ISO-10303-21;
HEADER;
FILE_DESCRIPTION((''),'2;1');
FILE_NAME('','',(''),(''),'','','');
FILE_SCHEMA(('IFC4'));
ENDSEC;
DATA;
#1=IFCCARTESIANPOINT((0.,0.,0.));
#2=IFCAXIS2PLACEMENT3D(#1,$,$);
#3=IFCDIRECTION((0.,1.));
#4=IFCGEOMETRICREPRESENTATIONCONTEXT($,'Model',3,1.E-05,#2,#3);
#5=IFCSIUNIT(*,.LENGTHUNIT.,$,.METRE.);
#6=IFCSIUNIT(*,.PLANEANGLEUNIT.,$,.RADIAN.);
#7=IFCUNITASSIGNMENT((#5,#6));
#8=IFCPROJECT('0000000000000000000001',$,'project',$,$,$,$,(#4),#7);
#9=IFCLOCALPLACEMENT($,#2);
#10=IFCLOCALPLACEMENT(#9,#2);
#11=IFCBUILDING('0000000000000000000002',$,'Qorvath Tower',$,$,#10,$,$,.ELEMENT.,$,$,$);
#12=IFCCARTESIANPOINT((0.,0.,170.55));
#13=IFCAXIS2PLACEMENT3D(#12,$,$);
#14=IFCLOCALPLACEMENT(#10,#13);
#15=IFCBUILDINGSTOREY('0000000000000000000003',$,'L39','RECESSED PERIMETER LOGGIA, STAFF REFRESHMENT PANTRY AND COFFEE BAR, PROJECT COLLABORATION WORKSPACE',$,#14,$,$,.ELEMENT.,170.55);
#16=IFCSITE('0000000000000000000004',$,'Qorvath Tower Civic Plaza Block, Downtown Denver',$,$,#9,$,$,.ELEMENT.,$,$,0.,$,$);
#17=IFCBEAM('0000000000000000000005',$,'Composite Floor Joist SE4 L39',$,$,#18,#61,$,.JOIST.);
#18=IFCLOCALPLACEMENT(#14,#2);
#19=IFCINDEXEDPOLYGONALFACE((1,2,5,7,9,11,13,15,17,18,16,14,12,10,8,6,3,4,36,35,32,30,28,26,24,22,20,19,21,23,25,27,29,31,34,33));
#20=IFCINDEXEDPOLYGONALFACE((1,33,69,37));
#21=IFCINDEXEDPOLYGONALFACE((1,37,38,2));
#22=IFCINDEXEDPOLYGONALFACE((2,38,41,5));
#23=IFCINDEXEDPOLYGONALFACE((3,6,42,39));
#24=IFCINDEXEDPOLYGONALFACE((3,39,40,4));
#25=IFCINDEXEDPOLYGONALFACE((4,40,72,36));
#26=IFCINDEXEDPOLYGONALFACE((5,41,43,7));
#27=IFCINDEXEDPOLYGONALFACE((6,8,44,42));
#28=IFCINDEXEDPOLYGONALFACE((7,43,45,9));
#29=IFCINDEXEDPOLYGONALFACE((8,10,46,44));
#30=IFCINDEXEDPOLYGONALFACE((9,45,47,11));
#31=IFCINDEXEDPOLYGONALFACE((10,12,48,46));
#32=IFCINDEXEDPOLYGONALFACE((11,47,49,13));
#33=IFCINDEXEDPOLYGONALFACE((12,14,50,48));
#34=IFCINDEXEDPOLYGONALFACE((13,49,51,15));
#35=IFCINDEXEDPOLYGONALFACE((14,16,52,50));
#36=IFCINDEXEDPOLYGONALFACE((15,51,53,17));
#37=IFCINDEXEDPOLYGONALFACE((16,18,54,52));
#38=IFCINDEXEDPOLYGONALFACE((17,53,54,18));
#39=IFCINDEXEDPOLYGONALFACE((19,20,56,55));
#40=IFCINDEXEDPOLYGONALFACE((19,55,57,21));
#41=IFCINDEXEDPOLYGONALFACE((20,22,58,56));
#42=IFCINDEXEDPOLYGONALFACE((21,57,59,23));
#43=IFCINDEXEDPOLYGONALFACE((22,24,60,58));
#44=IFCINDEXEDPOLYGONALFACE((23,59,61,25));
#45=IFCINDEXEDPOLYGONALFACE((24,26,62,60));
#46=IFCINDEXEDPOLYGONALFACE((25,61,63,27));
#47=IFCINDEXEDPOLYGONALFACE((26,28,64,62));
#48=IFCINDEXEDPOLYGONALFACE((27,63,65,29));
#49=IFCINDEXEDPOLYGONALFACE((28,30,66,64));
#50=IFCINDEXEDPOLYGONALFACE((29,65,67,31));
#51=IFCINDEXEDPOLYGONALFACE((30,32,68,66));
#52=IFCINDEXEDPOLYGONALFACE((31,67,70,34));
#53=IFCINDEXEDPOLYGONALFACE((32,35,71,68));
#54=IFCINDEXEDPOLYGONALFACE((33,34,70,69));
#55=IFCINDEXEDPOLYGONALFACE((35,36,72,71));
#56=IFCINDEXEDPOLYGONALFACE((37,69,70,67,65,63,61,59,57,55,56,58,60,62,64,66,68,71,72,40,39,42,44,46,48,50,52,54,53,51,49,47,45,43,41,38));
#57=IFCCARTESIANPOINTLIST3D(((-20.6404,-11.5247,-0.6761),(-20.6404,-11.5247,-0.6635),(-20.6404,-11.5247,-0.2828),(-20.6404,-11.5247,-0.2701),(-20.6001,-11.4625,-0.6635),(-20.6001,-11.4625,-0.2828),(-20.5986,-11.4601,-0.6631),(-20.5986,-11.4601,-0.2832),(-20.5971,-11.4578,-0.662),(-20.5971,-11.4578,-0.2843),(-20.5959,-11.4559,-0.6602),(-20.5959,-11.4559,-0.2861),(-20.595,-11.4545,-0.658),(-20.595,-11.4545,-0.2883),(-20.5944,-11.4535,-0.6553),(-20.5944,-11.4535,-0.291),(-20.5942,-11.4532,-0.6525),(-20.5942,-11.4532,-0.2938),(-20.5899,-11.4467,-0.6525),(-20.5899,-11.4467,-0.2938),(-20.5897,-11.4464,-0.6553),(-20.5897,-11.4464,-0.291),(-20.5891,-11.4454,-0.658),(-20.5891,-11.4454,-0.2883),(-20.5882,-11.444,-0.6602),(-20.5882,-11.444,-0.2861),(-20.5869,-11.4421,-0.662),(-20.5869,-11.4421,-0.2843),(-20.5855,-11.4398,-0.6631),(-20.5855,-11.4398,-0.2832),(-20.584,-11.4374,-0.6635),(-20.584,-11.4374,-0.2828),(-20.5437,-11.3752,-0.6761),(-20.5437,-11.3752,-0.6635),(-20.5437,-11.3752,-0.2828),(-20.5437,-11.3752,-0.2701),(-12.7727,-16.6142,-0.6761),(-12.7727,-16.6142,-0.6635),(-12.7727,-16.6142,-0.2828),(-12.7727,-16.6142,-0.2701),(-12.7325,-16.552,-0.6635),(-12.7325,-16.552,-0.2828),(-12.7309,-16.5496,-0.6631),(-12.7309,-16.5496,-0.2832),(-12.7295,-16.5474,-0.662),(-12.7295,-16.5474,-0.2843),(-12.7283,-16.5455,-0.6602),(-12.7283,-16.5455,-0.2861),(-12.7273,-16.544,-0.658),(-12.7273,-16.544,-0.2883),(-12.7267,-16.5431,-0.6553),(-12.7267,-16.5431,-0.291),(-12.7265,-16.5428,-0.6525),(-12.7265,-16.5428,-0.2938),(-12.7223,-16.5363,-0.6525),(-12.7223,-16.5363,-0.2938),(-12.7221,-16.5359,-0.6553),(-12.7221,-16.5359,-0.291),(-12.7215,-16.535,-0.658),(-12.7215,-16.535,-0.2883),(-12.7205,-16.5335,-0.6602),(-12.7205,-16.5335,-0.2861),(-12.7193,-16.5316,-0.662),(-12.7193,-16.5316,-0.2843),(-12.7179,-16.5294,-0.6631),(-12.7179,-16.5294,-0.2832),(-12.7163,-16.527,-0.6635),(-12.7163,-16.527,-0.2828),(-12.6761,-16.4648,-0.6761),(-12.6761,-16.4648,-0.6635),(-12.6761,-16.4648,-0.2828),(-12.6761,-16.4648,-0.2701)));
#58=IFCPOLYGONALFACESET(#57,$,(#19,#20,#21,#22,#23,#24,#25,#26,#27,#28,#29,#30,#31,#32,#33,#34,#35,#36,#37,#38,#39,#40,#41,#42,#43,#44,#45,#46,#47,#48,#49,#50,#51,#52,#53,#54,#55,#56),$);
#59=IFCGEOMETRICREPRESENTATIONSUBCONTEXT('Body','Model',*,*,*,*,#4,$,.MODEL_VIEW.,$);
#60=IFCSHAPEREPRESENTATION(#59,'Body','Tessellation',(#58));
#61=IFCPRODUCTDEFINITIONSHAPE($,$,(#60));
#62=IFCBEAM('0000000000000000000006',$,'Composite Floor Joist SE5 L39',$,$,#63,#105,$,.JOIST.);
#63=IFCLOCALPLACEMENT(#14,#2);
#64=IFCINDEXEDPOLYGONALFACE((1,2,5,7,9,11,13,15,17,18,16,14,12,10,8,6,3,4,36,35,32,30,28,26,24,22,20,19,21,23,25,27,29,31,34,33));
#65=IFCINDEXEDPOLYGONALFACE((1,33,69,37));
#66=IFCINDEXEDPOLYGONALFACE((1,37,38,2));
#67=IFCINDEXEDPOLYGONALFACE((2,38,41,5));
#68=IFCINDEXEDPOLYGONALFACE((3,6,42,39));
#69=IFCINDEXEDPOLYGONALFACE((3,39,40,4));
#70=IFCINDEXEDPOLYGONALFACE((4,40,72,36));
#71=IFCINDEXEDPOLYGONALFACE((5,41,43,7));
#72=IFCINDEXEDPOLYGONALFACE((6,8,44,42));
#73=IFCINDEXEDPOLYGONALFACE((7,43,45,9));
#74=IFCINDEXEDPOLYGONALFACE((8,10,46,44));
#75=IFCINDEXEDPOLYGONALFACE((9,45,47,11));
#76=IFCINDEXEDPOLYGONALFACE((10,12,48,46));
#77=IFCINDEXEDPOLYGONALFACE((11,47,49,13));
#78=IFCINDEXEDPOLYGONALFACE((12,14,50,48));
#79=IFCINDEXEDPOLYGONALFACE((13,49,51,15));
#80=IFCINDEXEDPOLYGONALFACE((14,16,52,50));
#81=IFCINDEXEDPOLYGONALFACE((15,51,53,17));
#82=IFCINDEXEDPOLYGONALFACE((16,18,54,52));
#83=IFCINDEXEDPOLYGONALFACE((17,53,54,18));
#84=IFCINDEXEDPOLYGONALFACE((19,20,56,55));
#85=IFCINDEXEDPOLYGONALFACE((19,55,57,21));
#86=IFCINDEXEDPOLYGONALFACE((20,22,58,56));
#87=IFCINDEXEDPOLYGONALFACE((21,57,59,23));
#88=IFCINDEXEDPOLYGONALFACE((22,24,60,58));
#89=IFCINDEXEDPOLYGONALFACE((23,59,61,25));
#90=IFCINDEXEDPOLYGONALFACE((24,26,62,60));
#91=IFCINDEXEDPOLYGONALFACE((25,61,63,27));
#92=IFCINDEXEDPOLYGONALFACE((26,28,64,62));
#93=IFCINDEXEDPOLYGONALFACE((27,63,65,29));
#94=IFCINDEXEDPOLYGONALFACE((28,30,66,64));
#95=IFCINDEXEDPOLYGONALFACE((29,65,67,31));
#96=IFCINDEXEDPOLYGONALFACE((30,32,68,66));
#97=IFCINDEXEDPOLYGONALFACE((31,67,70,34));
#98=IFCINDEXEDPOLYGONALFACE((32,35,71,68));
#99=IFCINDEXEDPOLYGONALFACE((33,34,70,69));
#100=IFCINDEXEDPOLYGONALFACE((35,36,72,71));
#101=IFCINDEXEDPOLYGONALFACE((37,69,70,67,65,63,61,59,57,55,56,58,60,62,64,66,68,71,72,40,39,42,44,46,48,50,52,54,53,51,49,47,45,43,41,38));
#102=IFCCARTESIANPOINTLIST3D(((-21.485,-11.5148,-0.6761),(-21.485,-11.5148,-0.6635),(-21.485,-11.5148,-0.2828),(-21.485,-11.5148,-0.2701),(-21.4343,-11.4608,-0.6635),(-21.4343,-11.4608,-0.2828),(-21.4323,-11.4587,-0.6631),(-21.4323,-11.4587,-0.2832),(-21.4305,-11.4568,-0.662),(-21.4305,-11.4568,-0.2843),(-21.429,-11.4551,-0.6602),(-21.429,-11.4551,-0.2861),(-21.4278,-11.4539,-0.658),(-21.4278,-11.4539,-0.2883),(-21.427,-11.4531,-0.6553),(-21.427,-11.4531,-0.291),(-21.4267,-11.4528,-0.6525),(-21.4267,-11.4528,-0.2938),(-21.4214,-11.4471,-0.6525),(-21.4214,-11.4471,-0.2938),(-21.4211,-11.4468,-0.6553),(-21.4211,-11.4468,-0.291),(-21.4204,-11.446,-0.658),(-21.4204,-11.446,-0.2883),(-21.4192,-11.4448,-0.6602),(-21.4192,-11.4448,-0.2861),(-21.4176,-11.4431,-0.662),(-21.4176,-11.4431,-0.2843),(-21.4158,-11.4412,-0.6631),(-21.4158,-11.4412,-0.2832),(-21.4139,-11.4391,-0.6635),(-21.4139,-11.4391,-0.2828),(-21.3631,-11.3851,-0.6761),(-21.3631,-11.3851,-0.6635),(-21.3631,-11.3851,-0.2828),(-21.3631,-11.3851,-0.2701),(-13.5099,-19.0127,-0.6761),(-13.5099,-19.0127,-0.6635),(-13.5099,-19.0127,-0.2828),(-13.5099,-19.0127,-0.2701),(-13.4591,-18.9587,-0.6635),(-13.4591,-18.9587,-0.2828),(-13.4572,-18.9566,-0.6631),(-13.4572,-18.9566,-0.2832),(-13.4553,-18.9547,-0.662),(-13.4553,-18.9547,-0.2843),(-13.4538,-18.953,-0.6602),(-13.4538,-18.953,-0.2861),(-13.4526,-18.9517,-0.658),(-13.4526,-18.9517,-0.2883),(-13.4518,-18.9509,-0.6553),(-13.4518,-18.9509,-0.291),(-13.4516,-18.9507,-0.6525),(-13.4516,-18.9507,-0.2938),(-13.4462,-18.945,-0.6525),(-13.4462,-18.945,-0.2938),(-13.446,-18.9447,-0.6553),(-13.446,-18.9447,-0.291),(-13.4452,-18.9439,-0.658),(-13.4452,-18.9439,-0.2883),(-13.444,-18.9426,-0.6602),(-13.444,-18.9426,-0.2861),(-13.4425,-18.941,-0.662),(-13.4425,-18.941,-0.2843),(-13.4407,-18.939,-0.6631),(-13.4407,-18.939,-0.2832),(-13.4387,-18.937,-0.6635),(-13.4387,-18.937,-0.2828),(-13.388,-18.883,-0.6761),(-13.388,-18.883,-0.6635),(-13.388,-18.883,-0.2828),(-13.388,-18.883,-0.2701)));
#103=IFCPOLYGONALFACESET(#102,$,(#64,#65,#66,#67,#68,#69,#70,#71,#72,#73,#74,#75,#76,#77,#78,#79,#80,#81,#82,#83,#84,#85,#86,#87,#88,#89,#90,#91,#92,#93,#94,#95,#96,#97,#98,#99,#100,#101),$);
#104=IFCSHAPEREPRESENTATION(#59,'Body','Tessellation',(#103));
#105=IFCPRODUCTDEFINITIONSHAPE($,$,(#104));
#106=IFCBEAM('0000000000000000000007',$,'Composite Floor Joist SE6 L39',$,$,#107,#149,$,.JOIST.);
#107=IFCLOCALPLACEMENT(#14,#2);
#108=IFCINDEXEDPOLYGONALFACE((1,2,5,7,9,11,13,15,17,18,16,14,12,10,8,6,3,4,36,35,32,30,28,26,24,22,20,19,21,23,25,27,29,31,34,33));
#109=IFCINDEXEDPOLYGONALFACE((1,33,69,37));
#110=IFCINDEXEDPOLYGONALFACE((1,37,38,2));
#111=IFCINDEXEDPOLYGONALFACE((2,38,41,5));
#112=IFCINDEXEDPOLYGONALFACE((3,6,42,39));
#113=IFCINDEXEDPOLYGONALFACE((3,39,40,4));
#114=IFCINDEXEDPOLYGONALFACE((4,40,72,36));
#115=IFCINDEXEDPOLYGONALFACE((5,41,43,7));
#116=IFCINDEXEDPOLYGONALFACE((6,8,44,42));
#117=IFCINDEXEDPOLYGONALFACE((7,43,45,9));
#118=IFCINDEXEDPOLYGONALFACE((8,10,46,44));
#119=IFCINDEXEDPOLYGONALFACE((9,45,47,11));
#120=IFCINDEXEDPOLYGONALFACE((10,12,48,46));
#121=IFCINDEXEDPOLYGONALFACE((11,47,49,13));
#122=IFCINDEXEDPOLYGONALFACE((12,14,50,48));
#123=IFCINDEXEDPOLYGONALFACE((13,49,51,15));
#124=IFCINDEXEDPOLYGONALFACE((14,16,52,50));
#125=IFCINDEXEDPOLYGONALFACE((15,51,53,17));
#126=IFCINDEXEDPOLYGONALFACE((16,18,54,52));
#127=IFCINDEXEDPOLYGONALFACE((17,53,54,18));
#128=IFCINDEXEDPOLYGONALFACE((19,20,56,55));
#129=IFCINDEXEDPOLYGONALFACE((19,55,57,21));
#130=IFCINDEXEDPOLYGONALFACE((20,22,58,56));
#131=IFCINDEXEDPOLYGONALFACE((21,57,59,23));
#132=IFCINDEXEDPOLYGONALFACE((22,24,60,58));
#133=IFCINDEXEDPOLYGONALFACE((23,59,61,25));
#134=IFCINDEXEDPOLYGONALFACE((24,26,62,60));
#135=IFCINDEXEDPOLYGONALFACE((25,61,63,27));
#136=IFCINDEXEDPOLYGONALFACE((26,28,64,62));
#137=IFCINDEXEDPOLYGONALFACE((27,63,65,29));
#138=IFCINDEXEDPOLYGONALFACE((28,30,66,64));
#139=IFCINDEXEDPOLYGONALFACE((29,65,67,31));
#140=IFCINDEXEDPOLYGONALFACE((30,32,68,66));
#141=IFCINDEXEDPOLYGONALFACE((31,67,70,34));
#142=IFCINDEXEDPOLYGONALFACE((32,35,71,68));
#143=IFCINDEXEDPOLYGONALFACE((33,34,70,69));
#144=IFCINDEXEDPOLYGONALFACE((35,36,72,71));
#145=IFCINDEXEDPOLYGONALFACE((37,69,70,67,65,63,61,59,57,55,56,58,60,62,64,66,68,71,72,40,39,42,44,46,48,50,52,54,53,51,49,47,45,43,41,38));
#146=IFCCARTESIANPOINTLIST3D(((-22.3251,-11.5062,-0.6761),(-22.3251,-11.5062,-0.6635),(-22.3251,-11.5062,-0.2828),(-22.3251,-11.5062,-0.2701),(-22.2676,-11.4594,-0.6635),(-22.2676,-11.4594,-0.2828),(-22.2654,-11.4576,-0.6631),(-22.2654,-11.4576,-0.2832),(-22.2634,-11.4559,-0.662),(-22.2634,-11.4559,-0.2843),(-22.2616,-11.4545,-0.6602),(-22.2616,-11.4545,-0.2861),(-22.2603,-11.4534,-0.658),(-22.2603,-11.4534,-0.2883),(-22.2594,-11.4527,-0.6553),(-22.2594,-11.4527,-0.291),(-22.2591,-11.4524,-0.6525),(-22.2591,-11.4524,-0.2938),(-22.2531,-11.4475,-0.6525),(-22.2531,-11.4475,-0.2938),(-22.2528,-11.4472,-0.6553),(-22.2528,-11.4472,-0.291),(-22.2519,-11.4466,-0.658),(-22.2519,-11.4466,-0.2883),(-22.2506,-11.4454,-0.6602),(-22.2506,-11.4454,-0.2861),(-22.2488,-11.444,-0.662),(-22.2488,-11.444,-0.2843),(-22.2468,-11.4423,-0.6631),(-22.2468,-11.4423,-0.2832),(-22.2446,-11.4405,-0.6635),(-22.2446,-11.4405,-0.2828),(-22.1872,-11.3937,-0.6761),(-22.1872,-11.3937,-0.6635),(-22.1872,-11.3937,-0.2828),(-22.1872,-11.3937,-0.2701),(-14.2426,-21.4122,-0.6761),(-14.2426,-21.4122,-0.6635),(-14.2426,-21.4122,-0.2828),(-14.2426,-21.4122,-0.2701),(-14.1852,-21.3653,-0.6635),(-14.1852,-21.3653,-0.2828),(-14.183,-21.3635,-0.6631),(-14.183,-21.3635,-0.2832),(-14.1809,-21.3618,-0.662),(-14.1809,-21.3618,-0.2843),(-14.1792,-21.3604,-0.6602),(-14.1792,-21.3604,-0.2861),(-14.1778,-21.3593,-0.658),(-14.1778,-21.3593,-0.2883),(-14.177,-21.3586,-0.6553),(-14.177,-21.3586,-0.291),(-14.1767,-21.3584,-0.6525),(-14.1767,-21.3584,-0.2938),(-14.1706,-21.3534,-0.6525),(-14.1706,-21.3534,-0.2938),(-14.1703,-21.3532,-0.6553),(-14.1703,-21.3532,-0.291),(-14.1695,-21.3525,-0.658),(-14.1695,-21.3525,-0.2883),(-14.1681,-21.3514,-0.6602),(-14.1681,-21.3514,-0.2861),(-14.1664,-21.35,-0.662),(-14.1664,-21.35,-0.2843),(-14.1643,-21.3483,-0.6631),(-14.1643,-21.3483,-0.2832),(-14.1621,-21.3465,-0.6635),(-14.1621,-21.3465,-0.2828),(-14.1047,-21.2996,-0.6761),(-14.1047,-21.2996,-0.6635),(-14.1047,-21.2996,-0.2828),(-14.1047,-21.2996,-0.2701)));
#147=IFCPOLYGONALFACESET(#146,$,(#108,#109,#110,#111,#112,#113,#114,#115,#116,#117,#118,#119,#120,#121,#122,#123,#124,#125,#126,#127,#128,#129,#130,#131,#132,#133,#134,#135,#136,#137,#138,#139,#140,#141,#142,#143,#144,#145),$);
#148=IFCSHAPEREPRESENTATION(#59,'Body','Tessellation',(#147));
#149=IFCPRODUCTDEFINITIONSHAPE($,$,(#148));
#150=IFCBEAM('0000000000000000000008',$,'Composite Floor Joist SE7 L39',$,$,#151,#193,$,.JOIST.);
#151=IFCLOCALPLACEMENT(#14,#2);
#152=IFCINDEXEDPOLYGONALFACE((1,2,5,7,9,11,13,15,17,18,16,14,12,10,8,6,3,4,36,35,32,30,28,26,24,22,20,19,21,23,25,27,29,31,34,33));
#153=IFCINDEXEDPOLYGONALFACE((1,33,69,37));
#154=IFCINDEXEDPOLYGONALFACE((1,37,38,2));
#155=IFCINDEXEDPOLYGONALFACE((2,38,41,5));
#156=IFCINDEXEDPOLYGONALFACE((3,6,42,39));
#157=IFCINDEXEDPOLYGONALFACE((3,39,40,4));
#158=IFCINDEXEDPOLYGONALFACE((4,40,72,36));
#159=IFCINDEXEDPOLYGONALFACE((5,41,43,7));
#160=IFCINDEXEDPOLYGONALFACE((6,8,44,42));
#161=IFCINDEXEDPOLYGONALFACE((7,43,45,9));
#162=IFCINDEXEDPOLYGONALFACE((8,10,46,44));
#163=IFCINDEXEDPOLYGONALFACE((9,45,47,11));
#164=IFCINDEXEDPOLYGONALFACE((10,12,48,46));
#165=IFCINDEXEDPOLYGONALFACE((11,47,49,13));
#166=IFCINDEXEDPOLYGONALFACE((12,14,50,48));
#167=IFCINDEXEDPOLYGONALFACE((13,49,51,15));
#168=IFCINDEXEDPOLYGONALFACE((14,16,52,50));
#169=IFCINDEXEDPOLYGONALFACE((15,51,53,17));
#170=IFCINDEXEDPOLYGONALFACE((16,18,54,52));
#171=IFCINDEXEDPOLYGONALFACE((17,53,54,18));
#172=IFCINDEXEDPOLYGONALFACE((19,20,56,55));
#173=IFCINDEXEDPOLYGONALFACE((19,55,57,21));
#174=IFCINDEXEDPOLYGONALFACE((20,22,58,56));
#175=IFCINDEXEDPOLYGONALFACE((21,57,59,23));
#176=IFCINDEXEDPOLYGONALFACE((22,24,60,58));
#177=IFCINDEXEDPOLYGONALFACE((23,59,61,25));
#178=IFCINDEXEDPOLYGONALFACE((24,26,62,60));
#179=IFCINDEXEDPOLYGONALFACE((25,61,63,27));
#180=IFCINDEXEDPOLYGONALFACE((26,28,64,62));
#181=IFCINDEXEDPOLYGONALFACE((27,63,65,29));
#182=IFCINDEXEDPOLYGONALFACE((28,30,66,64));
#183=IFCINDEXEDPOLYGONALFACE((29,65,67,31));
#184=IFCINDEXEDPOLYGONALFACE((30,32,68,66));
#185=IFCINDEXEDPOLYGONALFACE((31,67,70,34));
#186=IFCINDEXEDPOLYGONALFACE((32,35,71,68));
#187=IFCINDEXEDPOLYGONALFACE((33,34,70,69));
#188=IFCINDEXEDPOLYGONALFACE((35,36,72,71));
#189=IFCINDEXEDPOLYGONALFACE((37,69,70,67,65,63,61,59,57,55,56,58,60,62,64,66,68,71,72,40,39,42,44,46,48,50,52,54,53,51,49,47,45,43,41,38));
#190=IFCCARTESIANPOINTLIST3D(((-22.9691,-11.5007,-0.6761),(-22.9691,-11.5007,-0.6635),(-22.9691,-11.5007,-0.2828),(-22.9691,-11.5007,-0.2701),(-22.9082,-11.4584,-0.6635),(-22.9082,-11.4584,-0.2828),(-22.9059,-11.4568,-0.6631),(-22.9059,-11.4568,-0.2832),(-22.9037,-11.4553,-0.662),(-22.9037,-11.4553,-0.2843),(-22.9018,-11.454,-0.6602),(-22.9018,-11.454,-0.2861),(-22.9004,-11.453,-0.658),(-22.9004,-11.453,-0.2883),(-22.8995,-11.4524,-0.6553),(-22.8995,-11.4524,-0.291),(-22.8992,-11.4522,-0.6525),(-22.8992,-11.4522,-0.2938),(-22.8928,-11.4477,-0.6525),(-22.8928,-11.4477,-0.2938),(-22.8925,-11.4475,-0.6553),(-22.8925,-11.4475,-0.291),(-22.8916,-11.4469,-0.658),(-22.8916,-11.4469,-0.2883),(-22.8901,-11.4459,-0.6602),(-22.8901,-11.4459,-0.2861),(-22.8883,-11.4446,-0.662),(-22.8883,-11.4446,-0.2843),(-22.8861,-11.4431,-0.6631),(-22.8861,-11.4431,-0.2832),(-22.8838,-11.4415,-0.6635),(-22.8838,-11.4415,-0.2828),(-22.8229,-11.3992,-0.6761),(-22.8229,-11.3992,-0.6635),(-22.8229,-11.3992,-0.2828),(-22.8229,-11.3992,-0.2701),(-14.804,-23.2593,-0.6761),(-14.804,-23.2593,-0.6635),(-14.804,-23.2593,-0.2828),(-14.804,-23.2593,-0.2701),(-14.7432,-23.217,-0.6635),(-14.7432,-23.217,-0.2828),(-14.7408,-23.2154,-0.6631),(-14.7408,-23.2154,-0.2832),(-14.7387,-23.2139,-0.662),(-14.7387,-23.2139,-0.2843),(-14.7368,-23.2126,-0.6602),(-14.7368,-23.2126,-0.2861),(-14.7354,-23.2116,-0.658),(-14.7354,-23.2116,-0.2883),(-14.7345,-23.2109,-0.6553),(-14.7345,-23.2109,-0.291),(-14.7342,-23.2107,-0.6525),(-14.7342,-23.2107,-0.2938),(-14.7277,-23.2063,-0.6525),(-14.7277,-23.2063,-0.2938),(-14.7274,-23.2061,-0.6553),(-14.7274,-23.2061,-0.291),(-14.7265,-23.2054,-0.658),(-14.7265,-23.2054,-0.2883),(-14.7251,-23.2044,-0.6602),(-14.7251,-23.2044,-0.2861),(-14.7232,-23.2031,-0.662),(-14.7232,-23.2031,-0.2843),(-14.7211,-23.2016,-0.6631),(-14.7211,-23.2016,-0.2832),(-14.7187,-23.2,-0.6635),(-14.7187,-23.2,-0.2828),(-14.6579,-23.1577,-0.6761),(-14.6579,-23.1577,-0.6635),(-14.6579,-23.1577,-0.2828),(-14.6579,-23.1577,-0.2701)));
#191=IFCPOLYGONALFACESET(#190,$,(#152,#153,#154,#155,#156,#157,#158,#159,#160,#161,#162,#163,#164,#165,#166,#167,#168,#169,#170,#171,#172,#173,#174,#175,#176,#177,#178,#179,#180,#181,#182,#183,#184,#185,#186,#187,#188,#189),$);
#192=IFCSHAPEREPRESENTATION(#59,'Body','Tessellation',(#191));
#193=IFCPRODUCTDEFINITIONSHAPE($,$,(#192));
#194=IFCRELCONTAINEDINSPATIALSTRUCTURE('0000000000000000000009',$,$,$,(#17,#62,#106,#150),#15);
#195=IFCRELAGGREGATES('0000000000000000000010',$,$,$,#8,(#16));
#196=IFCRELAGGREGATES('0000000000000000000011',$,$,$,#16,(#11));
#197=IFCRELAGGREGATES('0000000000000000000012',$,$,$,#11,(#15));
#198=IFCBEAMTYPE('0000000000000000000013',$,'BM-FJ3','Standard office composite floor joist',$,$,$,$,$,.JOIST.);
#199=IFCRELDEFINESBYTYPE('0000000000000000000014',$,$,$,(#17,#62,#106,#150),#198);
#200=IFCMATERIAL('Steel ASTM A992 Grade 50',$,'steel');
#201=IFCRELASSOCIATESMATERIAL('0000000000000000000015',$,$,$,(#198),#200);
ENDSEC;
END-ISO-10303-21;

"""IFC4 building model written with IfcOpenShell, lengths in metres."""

from ifc_helpers import new_model, si_unit, direction, frame, origin, origin_2d, place, context, subcontext, project, spatial, i_section, extrude, material, material_profile, profile_set, type_object, element, save


model = new_model("IFC4")

# Units and contexts
model_context = context("Model", 3, precision=1e-05, world=origin(), true_north=direction((0.0, 1.0)))
body_context = subcontext(model_context, "Body", "Model", "MODEL_VIEW")
ifc_project = project(units=[si_unit("LENGTHUNIT", "METRE"), si_unit("PLANEANGLEUNIT", "RADIAN")], contexts=[model_context])

# Site, building, storey
site_placement = place(None, origin())
site = spatial("IfcSite", under=ifc_project, at=site_placement, Name="Qorvath Tower Civic Plaza Block, Downtown Denver", CompositionType="ELEMENT", RefElevation=0.0)
building_placement = place(site_placement, origin())
building = spatial("IfcBuilding", under=site, at=building_placement, Name="Qorvath Tower", CompositionType="ELEMENT")
storey_placement = place(building_placement, frame((0.0, 0.0, 170.55)))
storey = spatial("IfcBuildingStorey", under=building, at=storey_placement, Name="L39", Description="RECESSED PERIMETER LOGGIA, STAFF REFRESHMENT PANTRY AND COFFEE BAR, PROJECT COLLABORATION WORKSPACE", CompositionType="ELEMENT", Elevation=170.55)

# Beams
ifc_material_1 = material(Name="Steel ASTM A992 Grade 50", Category="steel")
ifc_material_profile_1 = material_profile(ifc_material_1, i_section(OverallWidth=0.178, OverallDepth=0.406, WebThickness=0.0078, FlangeThickness=0.0127, FilletRadius=0.011, at=origin_2d()), Name="W16x40")
ifc_profile_set_1 = profile_set([ifc_material_profile_1], Name="Steel ASTM A992 Grade 50")
beam_type_1 = type_object("IfcBeamType", Name="BM-FJ3", Description="Standard office composite floor joist", PredefinedType="JOIST", material=ifc_profile_set_1)
beam_1_placement = place(storey_placement, frame((-20.592, -11.45, -0.4731), z_axis=(0.839631, -0.543157, 0.0), x_axis=(0.543157, 0.839631, 0.0)))
element("IfcBeam", 1, at=beam_1_placement, inside=storey, type_object=beam_type_1, Name="Composite Floor Joist SE4 L39", PredefinedType="JOIST", context=body_context, shape_type="SweptSolid", body=[
    extrude(i_section(OverallWidth=0.178, OverallDepth=0.406, WebThickness=0.0078, FlangeThickness=0.0127, FilletRadius=0.011, at=origin_2d()), origin(), (0.0, 0.0, 1.0), 9.3704),
])
beam_2_placement = place(storey_placement, frame((-21.4241, -11.45, -0.4731), z_axis=(0.728572, -0.684969, 0.0), x_axis=(0.684969, 0.728572, 0.0)))
element("IfcBeam", 2, at=beam_2_placement, inside=storey, type_object=beam_type_1, Name="Composite Floor Joist SE5 L39", PredefinedType="JOIST", context=body_context, shape_type="SweptSolid", body=[
    extrude(i_section(OverallWidth=0.178, OverallDepth=0.406, WebThickness=0.0078, FlangeThickness=0.0127, FilletRadius=0.011, at=origin_2d()), origin(), (0.0, 0.0, 1.0), 10.9463),
])
beam_3_placement = place(storey_placement, frame((-22.2561, -11.45, -0.4731), z_axis=(0.632188, -0.774815, 0.0), x_axis=(0.774815, 0.632188, 0.0)))
element("IfcBeam", 3, at=beam_3_placement, inside=storey, type_object=beam_type_1, Name="Composite Floor Joist SE6 L39", PredefinedType="JOIST", context=body_context, shape_type="SweptSolid", body=[
    extrude(i_section(OverallWidth=0.178, OverallDepth=0.406, WebThickness=0.0078, FlangeThickness=0.0127, FilletRadius=0.011, at=origin_2d()), origin(), (0.0, 0.0, 1.0), 12.7849),
])
beam_4_placement = place(storey_placement, frame((-22.896, -11.45, -0.4731), z_axis=(0.570367, -0.82139, 0.0), x_axis=(0.82139, 0.570367, 0.0)))
element("IfcBeam", 4, at=beam_4_placement, inside=storey, type_object=beam_type_1, Name="Composite Floor Joist SE7 L39", PredefinedType="JOIST", context=body_context, shape_type="SweptSolid", body=[
    extrude(i_section(OverallWidth=0.178, OverallDepth=0.406, WebThickness=0.0078, FlangeThickness=0.0127, FilletRadius=0.011, at=origin_2d()), origin(), (0.0, 0.0, 1.0), 14.3154),
])

save(model, "model.ifc")
